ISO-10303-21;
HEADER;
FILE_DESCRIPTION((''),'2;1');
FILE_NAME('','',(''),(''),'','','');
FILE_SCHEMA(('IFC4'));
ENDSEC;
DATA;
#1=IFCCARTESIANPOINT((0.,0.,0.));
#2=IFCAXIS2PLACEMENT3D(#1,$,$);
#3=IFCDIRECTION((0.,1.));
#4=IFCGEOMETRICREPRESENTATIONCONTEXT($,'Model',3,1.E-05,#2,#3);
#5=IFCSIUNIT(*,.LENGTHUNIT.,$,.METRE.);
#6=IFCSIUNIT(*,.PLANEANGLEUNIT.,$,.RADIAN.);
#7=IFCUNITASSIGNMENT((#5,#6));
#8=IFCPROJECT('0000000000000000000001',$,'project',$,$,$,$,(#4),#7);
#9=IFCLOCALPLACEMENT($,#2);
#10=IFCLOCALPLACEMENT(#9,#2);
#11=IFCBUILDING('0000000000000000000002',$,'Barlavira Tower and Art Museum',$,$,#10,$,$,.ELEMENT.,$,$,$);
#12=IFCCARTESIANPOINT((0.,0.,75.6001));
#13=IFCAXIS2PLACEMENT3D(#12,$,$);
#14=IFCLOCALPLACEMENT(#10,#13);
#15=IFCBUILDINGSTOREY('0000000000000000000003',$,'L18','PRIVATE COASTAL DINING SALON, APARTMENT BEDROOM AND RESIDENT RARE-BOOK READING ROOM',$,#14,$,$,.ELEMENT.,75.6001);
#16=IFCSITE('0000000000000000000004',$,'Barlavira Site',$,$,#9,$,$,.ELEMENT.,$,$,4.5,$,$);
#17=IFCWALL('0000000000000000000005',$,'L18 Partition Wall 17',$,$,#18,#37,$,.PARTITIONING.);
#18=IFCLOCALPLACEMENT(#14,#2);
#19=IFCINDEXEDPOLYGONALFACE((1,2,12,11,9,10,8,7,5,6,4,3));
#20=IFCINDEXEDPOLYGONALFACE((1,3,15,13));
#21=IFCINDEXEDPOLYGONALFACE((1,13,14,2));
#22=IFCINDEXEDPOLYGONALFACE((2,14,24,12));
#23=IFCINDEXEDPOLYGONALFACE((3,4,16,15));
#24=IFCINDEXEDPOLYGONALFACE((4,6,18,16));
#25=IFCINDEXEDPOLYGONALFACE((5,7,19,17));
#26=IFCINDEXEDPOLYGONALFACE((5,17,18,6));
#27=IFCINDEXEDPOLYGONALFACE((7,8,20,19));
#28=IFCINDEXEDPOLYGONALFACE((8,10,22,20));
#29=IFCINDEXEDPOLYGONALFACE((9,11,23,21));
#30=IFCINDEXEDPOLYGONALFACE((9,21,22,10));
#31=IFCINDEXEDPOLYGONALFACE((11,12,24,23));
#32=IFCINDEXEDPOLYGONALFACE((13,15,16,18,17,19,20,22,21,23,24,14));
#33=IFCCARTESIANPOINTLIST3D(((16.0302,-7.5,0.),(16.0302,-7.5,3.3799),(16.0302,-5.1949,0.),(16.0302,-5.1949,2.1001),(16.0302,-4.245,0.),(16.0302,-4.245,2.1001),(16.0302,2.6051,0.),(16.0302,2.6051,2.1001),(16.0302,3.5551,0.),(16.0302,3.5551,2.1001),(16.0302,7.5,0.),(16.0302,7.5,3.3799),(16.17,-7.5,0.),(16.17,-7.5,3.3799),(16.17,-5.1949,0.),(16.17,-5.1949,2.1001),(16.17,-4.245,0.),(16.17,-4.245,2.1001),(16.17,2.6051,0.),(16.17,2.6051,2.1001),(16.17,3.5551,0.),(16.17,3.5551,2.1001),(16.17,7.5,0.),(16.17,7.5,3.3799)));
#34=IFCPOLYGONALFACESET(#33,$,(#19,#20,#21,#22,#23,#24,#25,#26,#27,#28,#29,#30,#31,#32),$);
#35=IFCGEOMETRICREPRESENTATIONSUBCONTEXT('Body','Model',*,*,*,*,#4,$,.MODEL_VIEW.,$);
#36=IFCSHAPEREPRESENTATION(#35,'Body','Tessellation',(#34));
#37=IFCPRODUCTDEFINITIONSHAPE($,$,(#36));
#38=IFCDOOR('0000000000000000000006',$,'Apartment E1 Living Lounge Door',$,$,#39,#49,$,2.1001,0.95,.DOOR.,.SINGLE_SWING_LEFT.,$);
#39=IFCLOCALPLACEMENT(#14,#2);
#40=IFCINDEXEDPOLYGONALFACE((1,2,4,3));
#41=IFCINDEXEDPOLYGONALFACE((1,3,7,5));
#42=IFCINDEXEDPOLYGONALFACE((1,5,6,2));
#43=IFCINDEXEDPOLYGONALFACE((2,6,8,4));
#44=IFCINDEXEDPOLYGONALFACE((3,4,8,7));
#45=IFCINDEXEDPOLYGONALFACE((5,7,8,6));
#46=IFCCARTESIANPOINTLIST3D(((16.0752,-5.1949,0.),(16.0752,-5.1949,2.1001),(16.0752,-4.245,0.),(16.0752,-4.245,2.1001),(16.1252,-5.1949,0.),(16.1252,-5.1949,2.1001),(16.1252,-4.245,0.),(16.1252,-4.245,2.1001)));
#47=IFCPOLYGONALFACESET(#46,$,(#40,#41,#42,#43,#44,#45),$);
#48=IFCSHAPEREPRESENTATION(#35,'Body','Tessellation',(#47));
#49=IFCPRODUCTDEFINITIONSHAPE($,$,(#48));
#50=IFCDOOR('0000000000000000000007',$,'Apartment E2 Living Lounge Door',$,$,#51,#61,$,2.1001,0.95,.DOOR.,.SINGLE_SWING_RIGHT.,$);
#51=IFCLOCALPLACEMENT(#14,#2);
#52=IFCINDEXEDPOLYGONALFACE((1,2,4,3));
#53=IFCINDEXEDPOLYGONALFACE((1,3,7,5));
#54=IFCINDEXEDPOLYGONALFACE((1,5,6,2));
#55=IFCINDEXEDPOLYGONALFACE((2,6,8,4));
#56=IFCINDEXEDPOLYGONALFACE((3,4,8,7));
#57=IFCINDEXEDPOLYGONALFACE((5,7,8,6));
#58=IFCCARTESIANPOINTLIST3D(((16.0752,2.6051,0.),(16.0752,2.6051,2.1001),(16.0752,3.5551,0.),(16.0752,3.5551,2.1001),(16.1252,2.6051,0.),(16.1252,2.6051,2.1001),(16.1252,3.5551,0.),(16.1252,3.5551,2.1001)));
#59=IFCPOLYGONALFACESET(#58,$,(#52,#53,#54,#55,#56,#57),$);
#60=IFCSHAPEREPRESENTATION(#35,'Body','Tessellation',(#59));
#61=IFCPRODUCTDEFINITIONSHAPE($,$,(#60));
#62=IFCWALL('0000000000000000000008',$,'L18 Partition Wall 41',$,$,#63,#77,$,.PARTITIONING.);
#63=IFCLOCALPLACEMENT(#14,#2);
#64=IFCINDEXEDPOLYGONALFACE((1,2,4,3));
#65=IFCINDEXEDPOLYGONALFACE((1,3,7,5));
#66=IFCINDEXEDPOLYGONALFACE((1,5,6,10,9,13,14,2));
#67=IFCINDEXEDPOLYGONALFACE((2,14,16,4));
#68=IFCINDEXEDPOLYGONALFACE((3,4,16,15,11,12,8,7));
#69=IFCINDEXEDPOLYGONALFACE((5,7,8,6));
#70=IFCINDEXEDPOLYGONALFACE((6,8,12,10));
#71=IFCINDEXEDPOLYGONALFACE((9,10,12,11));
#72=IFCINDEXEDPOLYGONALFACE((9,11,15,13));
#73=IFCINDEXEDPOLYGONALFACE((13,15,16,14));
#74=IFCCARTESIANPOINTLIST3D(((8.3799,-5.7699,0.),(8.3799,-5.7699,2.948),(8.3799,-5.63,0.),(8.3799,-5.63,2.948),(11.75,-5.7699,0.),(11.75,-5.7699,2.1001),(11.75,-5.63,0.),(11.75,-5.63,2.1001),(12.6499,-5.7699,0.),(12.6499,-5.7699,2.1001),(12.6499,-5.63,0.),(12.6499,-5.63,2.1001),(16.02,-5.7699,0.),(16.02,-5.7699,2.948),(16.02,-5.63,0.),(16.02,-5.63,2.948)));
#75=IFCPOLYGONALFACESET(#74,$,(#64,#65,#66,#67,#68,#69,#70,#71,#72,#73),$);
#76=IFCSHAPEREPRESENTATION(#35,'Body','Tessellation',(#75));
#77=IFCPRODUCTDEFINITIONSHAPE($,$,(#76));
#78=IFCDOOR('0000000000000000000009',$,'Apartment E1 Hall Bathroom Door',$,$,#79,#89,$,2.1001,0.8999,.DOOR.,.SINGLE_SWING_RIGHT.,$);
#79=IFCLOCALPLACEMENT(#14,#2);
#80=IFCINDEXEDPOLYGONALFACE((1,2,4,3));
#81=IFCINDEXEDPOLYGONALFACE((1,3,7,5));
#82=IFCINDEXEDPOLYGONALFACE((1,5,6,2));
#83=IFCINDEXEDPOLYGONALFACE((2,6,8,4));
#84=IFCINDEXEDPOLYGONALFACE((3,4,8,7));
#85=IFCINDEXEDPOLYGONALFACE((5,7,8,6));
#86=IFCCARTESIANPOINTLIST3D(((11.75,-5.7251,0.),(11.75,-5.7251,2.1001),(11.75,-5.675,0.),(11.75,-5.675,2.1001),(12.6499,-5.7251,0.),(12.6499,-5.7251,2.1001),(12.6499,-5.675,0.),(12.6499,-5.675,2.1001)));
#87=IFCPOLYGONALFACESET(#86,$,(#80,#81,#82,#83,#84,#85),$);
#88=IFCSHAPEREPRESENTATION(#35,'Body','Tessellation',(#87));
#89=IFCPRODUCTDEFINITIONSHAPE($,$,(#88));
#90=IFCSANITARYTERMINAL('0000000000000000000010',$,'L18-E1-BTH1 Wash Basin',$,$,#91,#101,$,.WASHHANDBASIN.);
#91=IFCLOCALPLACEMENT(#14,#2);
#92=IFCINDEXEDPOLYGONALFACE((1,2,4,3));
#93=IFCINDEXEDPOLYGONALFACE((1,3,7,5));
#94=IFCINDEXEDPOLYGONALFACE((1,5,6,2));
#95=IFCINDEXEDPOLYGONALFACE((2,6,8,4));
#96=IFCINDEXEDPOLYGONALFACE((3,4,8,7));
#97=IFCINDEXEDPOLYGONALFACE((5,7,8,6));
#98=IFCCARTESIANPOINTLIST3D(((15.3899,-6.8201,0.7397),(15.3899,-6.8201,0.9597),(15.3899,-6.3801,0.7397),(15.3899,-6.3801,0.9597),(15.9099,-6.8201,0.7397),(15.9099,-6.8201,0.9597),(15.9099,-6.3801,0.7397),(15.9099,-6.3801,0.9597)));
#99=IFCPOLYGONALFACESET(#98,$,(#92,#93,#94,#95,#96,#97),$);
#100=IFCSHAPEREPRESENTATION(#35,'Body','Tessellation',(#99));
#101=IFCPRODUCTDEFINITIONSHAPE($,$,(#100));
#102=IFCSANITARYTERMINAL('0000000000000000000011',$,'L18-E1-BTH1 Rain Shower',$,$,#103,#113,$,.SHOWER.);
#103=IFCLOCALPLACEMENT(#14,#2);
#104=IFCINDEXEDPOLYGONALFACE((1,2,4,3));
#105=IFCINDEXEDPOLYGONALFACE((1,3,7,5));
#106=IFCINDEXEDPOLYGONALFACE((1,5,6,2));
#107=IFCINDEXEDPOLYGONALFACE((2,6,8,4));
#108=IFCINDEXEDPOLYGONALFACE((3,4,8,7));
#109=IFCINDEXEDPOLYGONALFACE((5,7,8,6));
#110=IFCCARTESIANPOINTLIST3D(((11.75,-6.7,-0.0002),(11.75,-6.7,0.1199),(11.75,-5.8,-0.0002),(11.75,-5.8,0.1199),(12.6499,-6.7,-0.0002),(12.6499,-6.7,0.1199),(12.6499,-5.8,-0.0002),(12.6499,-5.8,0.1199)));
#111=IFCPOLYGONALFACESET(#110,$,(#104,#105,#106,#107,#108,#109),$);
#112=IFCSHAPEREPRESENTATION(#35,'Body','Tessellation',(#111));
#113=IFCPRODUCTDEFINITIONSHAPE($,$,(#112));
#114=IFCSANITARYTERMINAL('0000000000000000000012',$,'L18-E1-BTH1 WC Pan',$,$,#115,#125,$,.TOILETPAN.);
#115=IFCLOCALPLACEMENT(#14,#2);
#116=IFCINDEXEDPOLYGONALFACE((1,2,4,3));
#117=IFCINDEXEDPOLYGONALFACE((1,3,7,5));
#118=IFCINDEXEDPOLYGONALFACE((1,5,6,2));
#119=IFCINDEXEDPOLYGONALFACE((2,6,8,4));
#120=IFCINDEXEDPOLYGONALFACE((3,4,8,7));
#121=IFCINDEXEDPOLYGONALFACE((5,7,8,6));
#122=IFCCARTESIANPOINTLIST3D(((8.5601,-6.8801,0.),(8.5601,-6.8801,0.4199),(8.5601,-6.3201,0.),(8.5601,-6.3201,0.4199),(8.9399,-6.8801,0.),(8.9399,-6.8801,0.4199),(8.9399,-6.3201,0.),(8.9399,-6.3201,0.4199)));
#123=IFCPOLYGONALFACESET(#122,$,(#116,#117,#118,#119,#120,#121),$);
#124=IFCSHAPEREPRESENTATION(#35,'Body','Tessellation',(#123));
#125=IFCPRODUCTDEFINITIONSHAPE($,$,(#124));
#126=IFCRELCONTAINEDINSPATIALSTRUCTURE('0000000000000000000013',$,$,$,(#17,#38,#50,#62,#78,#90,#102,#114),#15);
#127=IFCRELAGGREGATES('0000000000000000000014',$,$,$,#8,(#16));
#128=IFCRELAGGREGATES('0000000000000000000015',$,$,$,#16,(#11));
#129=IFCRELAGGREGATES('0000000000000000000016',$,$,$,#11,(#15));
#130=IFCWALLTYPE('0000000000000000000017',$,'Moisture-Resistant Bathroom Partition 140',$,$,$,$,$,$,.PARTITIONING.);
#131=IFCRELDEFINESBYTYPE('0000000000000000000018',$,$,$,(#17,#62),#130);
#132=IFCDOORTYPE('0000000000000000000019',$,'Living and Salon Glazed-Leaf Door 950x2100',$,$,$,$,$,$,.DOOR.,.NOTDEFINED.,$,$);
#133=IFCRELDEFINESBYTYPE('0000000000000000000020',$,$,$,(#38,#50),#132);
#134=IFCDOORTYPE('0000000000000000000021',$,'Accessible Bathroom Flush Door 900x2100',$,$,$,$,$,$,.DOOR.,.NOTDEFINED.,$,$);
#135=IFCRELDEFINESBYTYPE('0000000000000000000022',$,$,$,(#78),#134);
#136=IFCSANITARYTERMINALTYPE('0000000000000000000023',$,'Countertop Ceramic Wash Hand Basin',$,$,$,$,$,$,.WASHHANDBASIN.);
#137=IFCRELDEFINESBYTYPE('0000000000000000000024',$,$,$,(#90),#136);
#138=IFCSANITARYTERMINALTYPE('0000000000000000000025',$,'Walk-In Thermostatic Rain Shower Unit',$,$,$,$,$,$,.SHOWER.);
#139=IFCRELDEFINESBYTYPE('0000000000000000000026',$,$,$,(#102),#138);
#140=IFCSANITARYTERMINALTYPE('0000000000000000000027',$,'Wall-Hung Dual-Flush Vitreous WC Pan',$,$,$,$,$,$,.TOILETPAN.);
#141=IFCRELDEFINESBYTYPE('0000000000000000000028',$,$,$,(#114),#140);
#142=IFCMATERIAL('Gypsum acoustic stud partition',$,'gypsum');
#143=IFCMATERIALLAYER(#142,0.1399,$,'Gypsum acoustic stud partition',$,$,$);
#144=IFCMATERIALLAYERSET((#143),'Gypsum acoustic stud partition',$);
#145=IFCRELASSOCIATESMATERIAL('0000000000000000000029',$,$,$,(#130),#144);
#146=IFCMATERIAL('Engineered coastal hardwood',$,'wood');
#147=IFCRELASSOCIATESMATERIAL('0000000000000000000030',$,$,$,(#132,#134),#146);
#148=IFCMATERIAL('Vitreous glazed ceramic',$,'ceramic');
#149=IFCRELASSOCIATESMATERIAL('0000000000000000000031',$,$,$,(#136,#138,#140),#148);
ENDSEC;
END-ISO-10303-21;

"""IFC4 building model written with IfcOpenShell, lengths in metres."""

from ifc_helpers import new_model, si_unit, direction, frame, frame_2d, origin, origin_2d, place, context, subcontext, project, spatial, rectangle, extrude, material, layer, layer_set, type_object, element, fill, save


model = new_model("IFC4")

# Units and contexts
model_context = context("Model", 3, precision=1e-05, world=origin(), true_north=direction((0.0, 1.0)))
body_context = subcontext(model_context, "Body", "Model", "MODEL_VIEW")
ifc_project = project(units=[si_unit("LENGTHUNIT", "METRE"), si_unit("PLANEANGLEUNIT", "RADIAN")], contexts=[model_context])

# Site, building, storey
site_placement = place(None, origin())
site = spatial("IfcSite", under=ifc_project, at=site_placement, Name="Barlavira Site", CompositionType="ELEMENT", RefElevation=4.5)
building_placement = place(site_placement, origin())
building = spatial("IfcBuilding", under=site, at=building_placement, Name="Barlavira Tower and Art Museum", CompositionType="ELEMENT")
storey_placement = place(building_placement, frame((0.0, 0.0, 75.6001)))
storey = spatial("IfcBuildingStorey", under=building, at=storey_placement, Name="L18", Description="PRIVATE COASTAL DINING SALON, APARTMENT BEDROOM AND RESIDENT RARE-BOOK READING ROOM", CompositionType="ELEMENT", Elevation=75.6001)

# Shared definitions
ifc_material_1 = material(Name="Gypsum acoustic stud partition", Category="gypsum")
ifc_material_2 = material(Name="Engineered coastal hardwood", Category="wood")

# Wall, openings, doors
ifc_layer_1 = layer(ifc_material_1, 0.1399, Name="Gypsum acoustic stud partition")
ifc_layer_set_1 = layer_set([ifc_layer_1], Name="Gypsum acoustic stud partition")
wall_type_1 = type_object("IfcWallType", Name="Moisture-Resistant Bathroom Partition 140", PredefinedType="PARTITIONING", material=ifc_layer_set_1)
wall_1_placement = place(storey_placement, frame((16.1001, -7.5, 0.0), z_axis=(0.0, 0.0, 1.0), x_axis=(0.0, 1.0, 0.0)))
wall_1 = element("IfcWall", 1, at=wall_1_placement, inside=storey, type_object=wall_type_1, Name="L18 Partition Wall 17", PredefinedType="PARTITIONING", context=body_context, shape_type="SweptSolid", body=[
    extrude(rectangle(XDim=15.0, YDim=0.1399, at=frame_2d((7.5, 0.0))), origin(), (0.0, 0.0, 1.0), 3.3799),
])
opening_1_placement = place(wall_1_placement, frame((2.3049, 0.0, 0.0)))
opening_1 = element("IfcOpeningElement", 2, at=opening_1_placement, cuts=wall_1, PredefinedType="OPENING", context=body_context, shape_type="SweptSolid", body=[
    extrude(rectangle(XDim=0.95, YDim=2.1001, at=frame_2d((0.4751, 1.05))), frame((0.0, 0.0801, 0.0), z_axis=(0.0, -1.0, 0.0), x_axis=(1.0, 0.0, 0.0)), (0.0, 0.0, 1.0), 0.1599),
])
opening_2_placement = place(wall_1_placement, frame((10.105, 0.0, 0.0)))
opening_2 = element("IfcOpeningElement", 3, at=opening_2_placement, cuts=wall_1, PredefinedType="OPENING", context=body_context, shape_type="SweptSolid", body=[
    extrude(rectangle(XDim=0.95, YDim=2.1001, at=frame_2d((0.4751, 1.05))), frame((0.0, 0.0801, 0.0), z_axis=(0.0, -1.0, 0.0), x_axis=(1.0, 0.0, 0.0)), (0.0, 0.0, 1.0), 0.1599),
])
door_type_1 = type_object("IfcDoorType", Name="Living and Salon Glazed-Leaf Door 950x2100", OperationType="NOTDEFINED", PredefinedType="DOOR", material=ifc_material_2)
door_1_placement = place(opening_1_placement, origin())
door_1 = element("IfcDoor", 4, at=door_1_placement, inside=storey, type_object=door_type_1, Name="Apartment E1 Living Lounge Door", OperationType="SINGLE_SWING_LEFT", OverallHeight=2.1001, OverallWidth=0.95, PredefinedType="DOOR", context=body_context, shape_type="SweptSolid", body=[
    extrude(rectangle(XDim=0.95, YDim=2.1001, at=frame_2d((0.4751, 1.05))), frame((0.0, 0.0249, 0.0), z_axis=(0.0, -1.0, 0.0), x_axis=(1.0, 0.0, 0.0)), (0.0, 0.0, 1.0), 0.05),
])
fill(opening_1, door_1)
door_2_placement = place(opening_2_placement, origin())
door_2 = element("IfcDoor", 5, at=door_2_placement, inside=storey, type_object=door_type_1, Name="Apartment E2 Living Lounge Door", OperationType="SINGLE_SWING_RIGHT", OverallHeight=2.1001, OverallWidth=0.95, PredefinedType="DOOR", context=body_context, shape_type="SweptSolid", body=[
    extrude(rectangle(XDim=0.95, YDim=2.1001, at=frame_2d((0.4751, 1.05))), frame((0.0, 0.0249, 0.0), z_axis=(0.0, -1.0, 0.0), x_axis=(1.0, 0.0, 0.0)), (0.0, 0.0, 1.0), 0.05),
])
fill(opening_2, door_2)

# Wall, opening, door
wall_2_placement = place(storey_placement, frame((8.3799, -5.7, 0.0), z_axis=(0.0, 0.0, 1.0), x_axis=(1.0, 0.0, 0.0)))
wall_2 = element("IfcWall", 6, at=wall_2_placement, inside=storey, type_object=wall_type_1, Name="L18 Partition Wall 41", PredefinedType="PARTITIONING", context=body_context, shape_type="SweptSolid", body=[
    extrude(rectangle(XDim=7.6401, YDim=0.1399, at=frame_2d((3.8201, 0.0))), origin(), (0.0, 0.0, 1.0), 2.948),
])
opening_3_placement = place(wall_2_placement, frame((3.3701, 0.0, 0.0)))
opening_3 = element("IfcOpeningElement", 7, at=opening_3_placement, cuts=wall_2, PredefinedType="OPENING", context=body_context, shape_type="SweptSolid", body=[
    extrude(rectangle(XDim=0.8999, YDim=2.1001, at=frame_2d((0.45, 1.05))), frame((0.0, 0.0801, 0.0), z_axis=(0.0, -1.0, 0.0), x_axis=(1.0, 0.0, 0.0)), (0.0, 0.0, 1.0), 0.1599),
])
door_type_2 = type_object("IfcDoorType", Name="Accessible Bathroom Flush Door 900x2100", OperationType="NOTDEFINED", PredefinedType="DOOR", material=ifc_material_2)
door_3_placement = place(opening_3_placement, origin())
door_3 = element("IfcDoor", 8, at=door_3_placement, inside=storey, type_object=door_type_2, Name="Apartment E1 Hall Bathroom Door", OperationType="SINGLE_SWING_RIGHT", OverallHeight=2.1001, OverallWidth=0.8999, PredefinedType="DOOR", context=body_context, shape_type="SweptSolid", body=[
    extrude(rectangle(XDim=0.8999, YDim=2.1001, at=frame_2d((0.45, 1.05))), frame((0.0, 0.0249, 0.0), z_axis=(0.0, -1.0, 0.0), x_axis=(1.0, 0.0, 0.0)), (0.0, 0.0, 1.0), 0.05),
])
fill(opening_3, door_3)

# Sanitary terminals
ifc_material_3 = material(Name="Vitreous glazed ceramic", Category="ceramic")
sanitary_terminal_type_1 = type_object("IfcSanitaryTerminalType", Name="Countertop Ceramic Wash Hand Basin", PredefinedType="WASHHANDBASIN", material=ifc_material_3)
sanitary_terminal_1_placement = place(storey_placement, frame((15.6499, -6.6001, 0.7397), z_axis=(0.0, 0.0, 1.0), x_axis=(1.0, 0.0, 0.0)))
element("IfcSanitaryTerminal", 9, at=sanitary_terminal_1_placement, inside=storey, type_object=sanitary_terminal_type_1, Name="L18-E1-BTH1 Wash Basin", PredefinedType="WASHHANDBASIN", context=body_context, shape_type="SweptSolid", body=[
    extrude(rectangle(XDim=0.52, YDim=0.4399, at=origin_2d()), origin(), (0.0, 0.0, 1.0), 0.22),
])
sanitary_terminal_type_2 = type_object("IfcSanitaryTerminalType", Name="Walk-In Thermostatic Rain Shower Unit", PredefinedType="SHOWER", material=ifc_material_3)
sanitary_terminal_2_placement = place(storey_placement, frame((12.2, -6.25, -0.0002), z_axis=(0.0, 0.0, 1.0), x_axis=(1.0, 0.0, 0.0)))
element("IfcSanitaryTerminal", 10, at=sanitary_terminal_2_placement, inside=storey, type_object=sanitary_terminal_type_2, Name="L18-E1-BTH1 Rain Shower", PredefinedType="SHOWER", context=body_context, shape_type="SweptSolid", body=[
    extrude(rectangle(XDim=0.8999, YDim=0.8999, at=origin_2d()), origin(), (0.0, 0.0, 1.0), 0.1201),
])
sanitary_terminal_type_3 = type_object("IfcSanitaryTerminalType", Name="Wall-Hung Dual-Flush Vitreous WC Pan", PredefinedType="TOILETPAN", material=ifc_material_3)
sanitary_terminal_3_placement = place(storey_placement, frame((8.75, -6.6001, 0.0), z_axis=(0.0, 0.0, 1.0), x_axis=(1.0, 0.0, 0.0)))
element("IfcSanitaryTerminal", 11, at=sanitary_terminal_3_placement, inside=storey, type_object=sanitary_terminal_type_3, Name="L18-E1-BTH1 WC Pan", PredefinedType="TOILETPAN", context=body_context, shape_type="SweptSolid", body=[
    extrude(rectangle(XDim=0.3799, YDim=0.5601, at=origin_2d()), origin(), (0.0, 0.0, 1.0), 0.4199),
])

save(model, "model.ifc")
